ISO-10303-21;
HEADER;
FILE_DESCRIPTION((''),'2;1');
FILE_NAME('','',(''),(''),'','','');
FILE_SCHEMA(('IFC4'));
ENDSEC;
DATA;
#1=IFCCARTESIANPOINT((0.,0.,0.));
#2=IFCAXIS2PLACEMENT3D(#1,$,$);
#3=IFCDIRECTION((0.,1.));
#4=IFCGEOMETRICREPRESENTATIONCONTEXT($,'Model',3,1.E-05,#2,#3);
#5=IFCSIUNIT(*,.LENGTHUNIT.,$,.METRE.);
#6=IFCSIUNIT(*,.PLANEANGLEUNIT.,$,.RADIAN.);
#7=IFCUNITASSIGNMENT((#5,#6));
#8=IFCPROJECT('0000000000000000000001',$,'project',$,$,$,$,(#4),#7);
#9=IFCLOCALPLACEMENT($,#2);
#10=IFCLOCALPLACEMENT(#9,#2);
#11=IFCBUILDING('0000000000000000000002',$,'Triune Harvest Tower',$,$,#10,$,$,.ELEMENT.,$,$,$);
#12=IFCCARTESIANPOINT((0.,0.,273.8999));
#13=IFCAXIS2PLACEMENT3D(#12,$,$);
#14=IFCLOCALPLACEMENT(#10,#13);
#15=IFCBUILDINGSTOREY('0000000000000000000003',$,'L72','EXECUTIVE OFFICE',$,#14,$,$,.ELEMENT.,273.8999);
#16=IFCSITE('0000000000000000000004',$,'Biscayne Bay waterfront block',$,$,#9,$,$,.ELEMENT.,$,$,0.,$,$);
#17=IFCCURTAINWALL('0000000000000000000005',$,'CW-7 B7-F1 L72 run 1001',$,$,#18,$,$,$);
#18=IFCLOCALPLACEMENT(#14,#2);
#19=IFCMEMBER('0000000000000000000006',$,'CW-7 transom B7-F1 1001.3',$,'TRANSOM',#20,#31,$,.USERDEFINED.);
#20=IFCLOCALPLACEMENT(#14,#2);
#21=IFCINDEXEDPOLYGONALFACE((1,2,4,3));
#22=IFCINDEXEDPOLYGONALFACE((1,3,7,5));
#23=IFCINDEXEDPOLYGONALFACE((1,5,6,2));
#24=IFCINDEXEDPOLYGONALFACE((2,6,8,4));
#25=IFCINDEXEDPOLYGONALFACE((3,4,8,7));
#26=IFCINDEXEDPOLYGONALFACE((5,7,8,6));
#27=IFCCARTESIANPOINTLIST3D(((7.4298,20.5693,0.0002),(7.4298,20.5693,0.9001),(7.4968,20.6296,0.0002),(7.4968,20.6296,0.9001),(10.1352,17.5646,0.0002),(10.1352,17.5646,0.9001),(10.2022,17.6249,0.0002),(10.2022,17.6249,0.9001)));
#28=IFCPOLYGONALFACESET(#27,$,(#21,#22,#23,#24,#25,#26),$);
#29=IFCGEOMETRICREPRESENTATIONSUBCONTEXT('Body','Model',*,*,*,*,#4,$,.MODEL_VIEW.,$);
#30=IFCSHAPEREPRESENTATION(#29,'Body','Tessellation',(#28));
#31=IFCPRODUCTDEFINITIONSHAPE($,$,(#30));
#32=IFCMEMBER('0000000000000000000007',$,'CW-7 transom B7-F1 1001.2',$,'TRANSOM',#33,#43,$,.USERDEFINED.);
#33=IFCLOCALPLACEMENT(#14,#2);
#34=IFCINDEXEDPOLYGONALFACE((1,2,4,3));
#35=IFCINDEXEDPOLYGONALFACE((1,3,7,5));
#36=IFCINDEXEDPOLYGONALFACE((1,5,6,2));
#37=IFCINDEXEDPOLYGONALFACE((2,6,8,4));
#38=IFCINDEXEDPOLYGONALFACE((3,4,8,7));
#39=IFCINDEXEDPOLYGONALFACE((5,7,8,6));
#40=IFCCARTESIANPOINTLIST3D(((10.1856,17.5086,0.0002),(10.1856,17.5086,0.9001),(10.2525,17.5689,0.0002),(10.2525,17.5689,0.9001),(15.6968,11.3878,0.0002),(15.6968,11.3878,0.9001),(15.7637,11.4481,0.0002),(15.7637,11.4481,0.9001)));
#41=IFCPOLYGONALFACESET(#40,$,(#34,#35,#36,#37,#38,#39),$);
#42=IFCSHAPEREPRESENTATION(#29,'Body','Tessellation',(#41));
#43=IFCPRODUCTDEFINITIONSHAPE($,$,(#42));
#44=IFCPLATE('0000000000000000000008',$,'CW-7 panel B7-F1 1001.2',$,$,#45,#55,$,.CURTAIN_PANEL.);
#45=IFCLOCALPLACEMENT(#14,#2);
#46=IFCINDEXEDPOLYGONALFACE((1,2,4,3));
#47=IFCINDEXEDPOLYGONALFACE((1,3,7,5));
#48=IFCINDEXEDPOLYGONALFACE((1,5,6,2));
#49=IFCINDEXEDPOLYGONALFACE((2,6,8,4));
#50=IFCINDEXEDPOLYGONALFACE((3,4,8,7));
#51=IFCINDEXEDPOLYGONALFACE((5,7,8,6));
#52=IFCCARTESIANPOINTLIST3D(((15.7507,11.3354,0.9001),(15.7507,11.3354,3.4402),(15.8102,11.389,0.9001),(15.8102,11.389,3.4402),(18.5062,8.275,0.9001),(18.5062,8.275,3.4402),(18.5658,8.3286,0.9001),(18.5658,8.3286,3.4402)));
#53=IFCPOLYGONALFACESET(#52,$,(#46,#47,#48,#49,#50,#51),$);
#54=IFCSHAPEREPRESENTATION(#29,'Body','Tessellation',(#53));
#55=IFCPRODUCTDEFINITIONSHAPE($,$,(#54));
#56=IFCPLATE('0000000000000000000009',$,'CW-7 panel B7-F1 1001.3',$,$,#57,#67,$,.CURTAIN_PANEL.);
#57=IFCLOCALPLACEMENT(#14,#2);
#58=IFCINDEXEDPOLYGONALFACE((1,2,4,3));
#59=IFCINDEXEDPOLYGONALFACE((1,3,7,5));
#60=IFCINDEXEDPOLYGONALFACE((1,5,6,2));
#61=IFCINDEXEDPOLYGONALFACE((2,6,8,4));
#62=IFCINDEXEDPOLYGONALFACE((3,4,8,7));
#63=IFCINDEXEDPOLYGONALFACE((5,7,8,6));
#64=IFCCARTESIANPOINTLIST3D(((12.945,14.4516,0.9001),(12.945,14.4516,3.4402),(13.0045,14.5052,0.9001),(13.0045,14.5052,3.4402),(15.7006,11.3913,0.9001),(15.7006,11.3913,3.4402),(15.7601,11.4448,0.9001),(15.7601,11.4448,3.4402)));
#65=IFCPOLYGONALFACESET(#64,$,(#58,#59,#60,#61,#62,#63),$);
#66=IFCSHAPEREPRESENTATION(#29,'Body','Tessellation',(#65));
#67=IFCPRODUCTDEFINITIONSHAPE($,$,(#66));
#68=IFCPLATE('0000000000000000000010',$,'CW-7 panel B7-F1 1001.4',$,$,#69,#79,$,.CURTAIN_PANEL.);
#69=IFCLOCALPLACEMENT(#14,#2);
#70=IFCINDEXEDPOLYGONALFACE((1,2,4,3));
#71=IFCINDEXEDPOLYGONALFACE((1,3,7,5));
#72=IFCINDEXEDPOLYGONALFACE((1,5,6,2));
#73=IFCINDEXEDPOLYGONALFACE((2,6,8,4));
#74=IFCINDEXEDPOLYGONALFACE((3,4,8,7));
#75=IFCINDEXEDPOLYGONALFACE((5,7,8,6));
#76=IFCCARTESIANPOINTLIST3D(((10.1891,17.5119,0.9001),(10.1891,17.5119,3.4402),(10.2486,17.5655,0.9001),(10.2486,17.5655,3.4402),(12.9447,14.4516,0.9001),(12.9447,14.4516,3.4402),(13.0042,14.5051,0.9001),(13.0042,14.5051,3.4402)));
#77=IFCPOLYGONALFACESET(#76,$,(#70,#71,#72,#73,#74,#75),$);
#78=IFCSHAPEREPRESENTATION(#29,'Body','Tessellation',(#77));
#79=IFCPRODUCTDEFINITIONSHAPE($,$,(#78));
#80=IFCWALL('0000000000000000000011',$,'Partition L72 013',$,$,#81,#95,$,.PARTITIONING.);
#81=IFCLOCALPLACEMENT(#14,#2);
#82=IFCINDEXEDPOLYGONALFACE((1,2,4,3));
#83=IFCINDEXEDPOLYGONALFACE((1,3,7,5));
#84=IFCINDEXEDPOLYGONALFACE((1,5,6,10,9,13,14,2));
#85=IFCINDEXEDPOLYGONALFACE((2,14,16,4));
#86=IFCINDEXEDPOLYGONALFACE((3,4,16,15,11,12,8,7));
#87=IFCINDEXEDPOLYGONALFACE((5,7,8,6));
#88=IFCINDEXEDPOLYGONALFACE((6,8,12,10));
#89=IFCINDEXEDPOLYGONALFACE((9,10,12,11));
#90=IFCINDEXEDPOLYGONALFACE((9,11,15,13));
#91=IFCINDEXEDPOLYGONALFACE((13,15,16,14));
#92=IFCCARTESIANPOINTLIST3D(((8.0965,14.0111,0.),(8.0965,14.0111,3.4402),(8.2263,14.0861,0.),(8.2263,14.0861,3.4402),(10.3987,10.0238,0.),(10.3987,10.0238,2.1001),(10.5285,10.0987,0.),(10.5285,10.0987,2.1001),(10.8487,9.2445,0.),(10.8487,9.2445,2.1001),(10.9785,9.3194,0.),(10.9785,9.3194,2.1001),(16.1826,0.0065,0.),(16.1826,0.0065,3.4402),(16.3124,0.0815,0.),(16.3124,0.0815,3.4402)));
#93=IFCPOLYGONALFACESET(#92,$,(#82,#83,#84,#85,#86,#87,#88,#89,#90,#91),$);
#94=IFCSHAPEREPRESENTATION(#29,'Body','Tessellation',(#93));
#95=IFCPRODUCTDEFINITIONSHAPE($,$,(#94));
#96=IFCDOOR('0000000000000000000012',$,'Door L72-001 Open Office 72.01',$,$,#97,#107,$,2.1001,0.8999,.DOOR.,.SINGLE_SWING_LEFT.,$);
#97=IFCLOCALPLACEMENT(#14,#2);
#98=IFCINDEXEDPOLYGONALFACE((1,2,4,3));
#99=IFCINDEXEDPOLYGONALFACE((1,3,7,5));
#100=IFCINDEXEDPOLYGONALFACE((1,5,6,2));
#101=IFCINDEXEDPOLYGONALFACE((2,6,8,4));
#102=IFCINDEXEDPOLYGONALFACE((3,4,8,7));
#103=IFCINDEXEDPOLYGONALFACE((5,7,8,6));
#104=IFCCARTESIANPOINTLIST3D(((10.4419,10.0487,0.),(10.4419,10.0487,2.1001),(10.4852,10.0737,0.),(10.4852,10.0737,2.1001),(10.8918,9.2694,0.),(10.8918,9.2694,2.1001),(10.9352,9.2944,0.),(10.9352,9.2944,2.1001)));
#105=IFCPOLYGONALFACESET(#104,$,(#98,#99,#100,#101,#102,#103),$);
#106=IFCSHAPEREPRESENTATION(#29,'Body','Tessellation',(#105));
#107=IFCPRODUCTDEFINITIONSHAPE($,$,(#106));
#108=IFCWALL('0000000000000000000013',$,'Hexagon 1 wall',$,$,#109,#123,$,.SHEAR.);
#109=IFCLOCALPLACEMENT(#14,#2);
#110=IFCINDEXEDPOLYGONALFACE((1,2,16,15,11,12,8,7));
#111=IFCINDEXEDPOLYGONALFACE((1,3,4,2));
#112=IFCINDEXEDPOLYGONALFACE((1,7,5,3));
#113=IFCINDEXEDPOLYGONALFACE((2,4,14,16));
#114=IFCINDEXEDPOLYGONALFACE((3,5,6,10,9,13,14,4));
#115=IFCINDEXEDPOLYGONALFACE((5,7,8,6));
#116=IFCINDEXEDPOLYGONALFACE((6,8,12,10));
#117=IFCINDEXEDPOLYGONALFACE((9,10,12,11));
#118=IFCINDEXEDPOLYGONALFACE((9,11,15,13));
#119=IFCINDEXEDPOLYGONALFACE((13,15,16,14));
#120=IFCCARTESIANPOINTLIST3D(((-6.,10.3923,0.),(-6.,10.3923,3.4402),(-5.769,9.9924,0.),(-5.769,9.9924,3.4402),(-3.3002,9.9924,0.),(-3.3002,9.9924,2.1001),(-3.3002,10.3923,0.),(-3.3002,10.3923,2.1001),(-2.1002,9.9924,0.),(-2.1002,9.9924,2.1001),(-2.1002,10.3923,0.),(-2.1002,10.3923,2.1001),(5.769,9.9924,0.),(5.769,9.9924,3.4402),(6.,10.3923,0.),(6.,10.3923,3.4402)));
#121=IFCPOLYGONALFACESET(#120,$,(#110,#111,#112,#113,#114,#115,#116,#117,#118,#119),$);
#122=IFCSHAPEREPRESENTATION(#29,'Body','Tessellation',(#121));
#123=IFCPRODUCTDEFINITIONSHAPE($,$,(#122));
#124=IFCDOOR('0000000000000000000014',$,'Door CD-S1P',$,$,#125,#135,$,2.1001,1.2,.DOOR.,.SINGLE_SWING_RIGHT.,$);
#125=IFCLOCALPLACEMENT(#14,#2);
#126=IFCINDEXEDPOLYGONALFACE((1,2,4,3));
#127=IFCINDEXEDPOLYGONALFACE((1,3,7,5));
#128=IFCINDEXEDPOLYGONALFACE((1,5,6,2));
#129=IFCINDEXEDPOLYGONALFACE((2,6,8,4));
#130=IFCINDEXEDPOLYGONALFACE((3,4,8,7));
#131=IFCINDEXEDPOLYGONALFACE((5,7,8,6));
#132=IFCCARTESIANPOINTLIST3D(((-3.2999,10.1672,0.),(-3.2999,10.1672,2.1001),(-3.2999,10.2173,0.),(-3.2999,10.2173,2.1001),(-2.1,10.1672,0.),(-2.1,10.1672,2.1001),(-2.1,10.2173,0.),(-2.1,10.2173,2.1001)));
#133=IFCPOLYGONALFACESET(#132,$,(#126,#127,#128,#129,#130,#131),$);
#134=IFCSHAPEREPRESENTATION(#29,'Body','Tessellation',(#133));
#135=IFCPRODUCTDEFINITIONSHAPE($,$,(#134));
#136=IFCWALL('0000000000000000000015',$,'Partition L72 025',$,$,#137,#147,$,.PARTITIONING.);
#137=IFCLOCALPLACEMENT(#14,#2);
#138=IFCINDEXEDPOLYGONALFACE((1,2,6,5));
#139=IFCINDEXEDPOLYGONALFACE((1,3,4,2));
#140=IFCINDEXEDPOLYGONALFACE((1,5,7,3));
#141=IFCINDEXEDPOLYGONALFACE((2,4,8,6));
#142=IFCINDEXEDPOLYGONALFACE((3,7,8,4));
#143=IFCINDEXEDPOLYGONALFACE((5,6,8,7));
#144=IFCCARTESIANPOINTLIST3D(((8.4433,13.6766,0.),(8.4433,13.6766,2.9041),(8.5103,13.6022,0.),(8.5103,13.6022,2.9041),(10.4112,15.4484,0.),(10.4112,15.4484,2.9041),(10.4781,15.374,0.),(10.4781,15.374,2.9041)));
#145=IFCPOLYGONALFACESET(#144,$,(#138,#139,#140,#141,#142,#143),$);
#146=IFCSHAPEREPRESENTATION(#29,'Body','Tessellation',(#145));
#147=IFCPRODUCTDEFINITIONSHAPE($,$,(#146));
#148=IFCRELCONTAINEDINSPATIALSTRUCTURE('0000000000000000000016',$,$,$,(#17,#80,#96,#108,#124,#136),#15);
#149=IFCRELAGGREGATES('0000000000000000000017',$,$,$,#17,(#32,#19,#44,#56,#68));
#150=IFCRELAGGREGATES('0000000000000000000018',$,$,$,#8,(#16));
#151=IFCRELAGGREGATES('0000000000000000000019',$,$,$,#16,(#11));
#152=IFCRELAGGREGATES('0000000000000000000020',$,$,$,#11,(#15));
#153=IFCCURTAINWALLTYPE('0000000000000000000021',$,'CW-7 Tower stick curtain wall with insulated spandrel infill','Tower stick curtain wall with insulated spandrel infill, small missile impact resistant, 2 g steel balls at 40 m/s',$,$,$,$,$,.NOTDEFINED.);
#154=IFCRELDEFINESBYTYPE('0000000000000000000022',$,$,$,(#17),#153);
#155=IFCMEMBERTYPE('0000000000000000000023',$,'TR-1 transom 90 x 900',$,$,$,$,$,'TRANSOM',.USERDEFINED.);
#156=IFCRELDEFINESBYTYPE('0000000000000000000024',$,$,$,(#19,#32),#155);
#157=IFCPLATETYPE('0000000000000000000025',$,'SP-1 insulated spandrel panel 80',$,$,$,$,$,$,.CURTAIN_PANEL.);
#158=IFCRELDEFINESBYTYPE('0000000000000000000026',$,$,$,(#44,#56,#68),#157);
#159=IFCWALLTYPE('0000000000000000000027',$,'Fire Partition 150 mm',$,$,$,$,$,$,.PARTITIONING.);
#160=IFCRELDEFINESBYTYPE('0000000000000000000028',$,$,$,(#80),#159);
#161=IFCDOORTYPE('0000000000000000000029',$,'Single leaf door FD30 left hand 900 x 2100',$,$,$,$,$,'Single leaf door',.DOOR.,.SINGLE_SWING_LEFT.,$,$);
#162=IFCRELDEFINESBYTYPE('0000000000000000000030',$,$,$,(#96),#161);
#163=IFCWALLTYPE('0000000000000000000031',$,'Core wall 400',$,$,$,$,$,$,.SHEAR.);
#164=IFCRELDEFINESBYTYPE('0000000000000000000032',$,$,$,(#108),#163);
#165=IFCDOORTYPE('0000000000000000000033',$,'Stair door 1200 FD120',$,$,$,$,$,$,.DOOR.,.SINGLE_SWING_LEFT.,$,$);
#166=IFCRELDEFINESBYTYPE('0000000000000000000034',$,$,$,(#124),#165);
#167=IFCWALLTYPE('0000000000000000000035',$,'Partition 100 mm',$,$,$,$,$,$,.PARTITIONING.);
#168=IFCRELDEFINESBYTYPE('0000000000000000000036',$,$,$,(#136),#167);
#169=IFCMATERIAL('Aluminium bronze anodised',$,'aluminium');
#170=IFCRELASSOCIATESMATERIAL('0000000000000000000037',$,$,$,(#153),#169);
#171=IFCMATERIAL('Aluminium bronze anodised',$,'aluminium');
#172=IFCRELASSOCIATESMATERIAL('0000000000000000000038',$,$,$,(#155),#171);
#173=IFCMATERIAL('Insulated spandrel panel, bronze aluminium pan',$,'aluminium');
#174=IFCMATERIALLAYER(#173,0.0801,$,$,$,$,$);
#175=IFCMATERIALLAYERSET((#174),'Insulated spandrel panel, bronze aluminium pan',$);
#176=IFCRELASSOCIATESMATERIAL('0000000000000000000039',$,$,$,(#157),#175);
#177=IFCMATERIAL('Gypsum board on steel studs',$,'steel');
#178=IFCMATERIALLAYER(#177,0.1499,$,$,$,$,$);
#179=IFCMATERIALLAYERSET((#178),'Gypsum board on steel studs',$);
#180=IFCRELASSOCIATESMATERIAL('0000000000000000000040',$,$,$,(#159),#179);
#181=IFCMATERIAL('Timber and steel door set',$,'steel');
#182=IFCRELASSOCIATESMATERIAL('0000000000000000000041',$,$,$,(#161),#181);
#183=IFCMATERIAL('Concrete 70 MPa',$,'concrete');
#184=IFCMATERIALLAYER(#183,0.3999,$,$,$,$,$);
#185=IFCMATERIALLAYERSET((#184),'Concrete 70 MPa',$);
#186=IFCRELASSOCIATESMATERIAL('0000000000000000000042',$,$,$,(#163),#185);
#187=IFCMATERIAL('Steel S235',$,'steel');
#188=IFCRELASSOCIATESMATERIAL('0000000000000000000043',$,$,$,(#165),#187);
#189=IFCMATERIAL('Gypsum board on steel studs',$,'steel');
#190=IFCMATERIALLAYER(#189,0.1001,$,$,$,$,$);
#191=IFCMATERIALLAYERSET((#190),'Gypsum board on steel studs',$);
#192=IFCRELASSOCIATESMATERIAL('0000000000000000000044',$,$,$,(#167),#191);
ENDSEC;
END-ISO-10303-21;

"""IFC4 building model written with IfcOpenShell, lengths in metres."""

from ifc_helpers import new_model, si_unit, direction, frame, frame_2d, origin, origin_2d, place, context, subcontext, project, spatial, polyline, rectangle, outline, extrude, source, transform, mapped, material, layer, layer_set, material_profile, profile_set, type_object, element, fill, aggregate, save


model = new_model("IFC4")

# Units and contexts
model_context = context("Model", 3, precision=1e-05, world=origin(), true_north=direction((0.0, 1.0)))
body_context = subcontext(model_context, "Body", "Model", "MODEL_VIEW")
ifc_project = project(units=[si_unit("LENGTHUNIT", "METRE"), si_unit("PLANEANGLEUNIT", "RADIAN")], contexts=[model_context])

# Site, building, storey
site_placement = place(None, origin())
site = spatial("IfcSite", under=ifc_project, at=site_placement, Name="Biscayne Bay waterfront block", CompositionType="ELEMENT", RefElevation=0.0)
building_placement = place(site_placement, origin())
building = spatial("IfcBuilding", under=site, at=building_placement, Name="Triune Harvest Tower", CompositionType="ELEMENT")
storey_placement = place(building_placement, frame((0.0, 0.0, 273.8999)))
storey = spatial("IfcBuildingStorey", under=building, at=storey_placement, Name="L72", Description="EXECUTIVE OFFICE", CompositionType="ELEMENT", Elevation=273.8999)

# Curtain wall, members, plates
ifc_material_1 = material(Name="Aluminium bronze anodised", Category="aluminium")
curtain_wall_type = type_object("IfcCurtainWallType", Name="CW-7 Tower stick curtain wall with insulated spandrel infill", Description="Tower stick curtain wall with insulated spandrel infill, small missile impact resistant, 2 g steel balls at 40 m/s", PredefinedType="NOTDEFINED", material=ifc_material_1)
curtain_wall_placement = place(storey_placement, origin())
curtain_wall = element("IfcCurtainWall", 1, at=curtain_wall_placement, inside=storey, type_object=curtain_wall_type, Name="CW-7 B7-F1 L72 run 1001")
ifc_material_2 = material(Name="Aluminium bronze anodised", Category="aluminium")
ifc_material_profile_1 = material_profile(ifc_material_2, rectangle(XDim=0.0901, YDim=0.8999, at=origin_2d()), Name="TR-1 transom 90 x 900")
ifc_profile_set_1 = profile_set([ifc_material_profile_1], Name="Aluminium bronze anodised")
member_type_1 = type_object("IfcMemberType", Name="TR-1 transom 90 x 900", ElementType="TRANSOM", PredefinedType="USERDEFINED", material=ifc_profile_set_1)
shared_shape_1 = source(origin(), body_context, "Body", "SweptSolid", [
    extrude(rectangle(XDim=0.0901, YDim=0.8999, at=origin_2d()), origin(), (0.0, 0.0, 1.0), 4.0432),
])
member_1_placement = place(storey_placement, frame((10.1687, 17.5947, 0.4502), z_axis=(-0.669122, 0.743153, 0.0), x_axis=(-0.743153, -0.669122, 0.0)))
member_1 = element("IfcMember", 2, at=member_1_placement, type_object=member_type_1, Name="CW-7 transom B7-F1 1001.3", ObjectType="TRANSOM", PredefinedType="USERDEFINED", context=body_context, shape_type="MappedRepresentation", body=[
    mapped(shared_shape_1, transform((0.0, 0.0, 0.0), scale=1.0)),
])
shared_shape_2 = source(origin(), body_context, "Body", "SweptSolid", [
    extrude(rectangle(XDim=0.0901, YDim=0.8999, at=origin_2d()), origin(), (0.0, 0.0, 1.0), 8.2363),
])
member_2_placement = place(storey_placement, frame((15.7302, 11.418, 0.4502), z_axis=(-0.66913, 0.743145, 0.0), x_axis=(-0.743145, -0.66913, 0.0)))
member_2 = element("IfcMember", 3, at=member_2_placement, type_object=member_type_1, Name="CW-7 transom B7-F1 1001.2", ObjectType="TRANSOM", PredefinedType="USERDEFINED", context=body_context, shape_type="MappedRepresentation", body=[
    mapped(shared_shape_2, transform((0.0, 0.0, 0.0), scale=1.0)),
])
ifc_material_3 = material(Name="Insulated spandrel panel, bronze aluminium pan", Category="aluminium")
ifc_layer_1 = layer(ifc_material_3, 0.0801)
ifc_layer_set_1 = layer_set([ifc_layer_1], Name="Insulated spandrel panel, bronze aluminium pan")
plate_type = type_object("IfcPlateType", Name="SP-1 insulated spandrel panel 80", PredefinedType="CURTAIN_PANEL", material=ifc_layer_set_1)
shared_shape_3 = source(origin(), body_context, "Body", "SweptSolid", [
    extrude(rectangle(XDim=4.1182, YDim=0.0801, at=origin_2d()), origin(), (0.0, 0.0, 1.0), 2.54),
])
plate_1_placement = place(storey_placement, frame((17.1582, 9.832, 0.9001), z_axis=(0.0, 0.0, 1.0), x_axis=(-0.669131, 0.743144, 0.0)))
plate_1 = element("IfcPlate", 4, at=plate_1_placement, type_object=plate_type, Name="CW-7 panel B7-F1 1001.2", PredefinedType="CURTAIN_PANEL", context=body_context, shape_type="MappedRepresentation", body=[
    mapped(shared_shape_3, transform((0.0, 0.0, 0.0), scale=1.0)),
])
plate_2_placement = place(storey_placement, frame((14.3525, 12.9482, 0.9001), z_axis=(0.0, 0.0, 1.0), x_axis=(-0.669131, 0.743144, 0.0)))
plate_2 = element("IfcPlate", 5, at=plate_2_placement, type_object=plate_type, Name="CW-7 panel B7-F1 1001.3", PredefinedType="CURTAIN_PANEL", context=body_context, shape_type="MappedRepresentation", body=[
    mapped(shared_shape_3, transform((0.0, 0.0, 0.0), scale=1.0)),
])
plate_3_placement = place(storey_placement, frame((11.5967, 16.0085, 0.9001), z_axis=(0.0, 0.0, 1.0), x_axis=(-0.669131, 0.743144, 0.0)))
plate_3 = element("IfcPlate", 6, at=plate_3_placement, type_object=plate_type, Name="CW-7 panel B7-F1 1001.4", PredefinedType="CURTAIN_PANEL", context=body_context, shape_type="MappedRepresentation", body=[
    mapped(shared_shape_3, transform((0.0, 0.0, 0.0), scale=1.0)),
])
aggregate(curtain_wall, [member_2, member_1, plate_1, plate_2, plate_3])

# Walls, openings, doors
ifc_material_4 = material(Name="Gypsum board on steel studs", Category="steel")
ifc_layer_2 = layer(ifc_material_4, 0.1499)
ifc_layer_set_2 = layer_set([ifc_layer_2], Name="Gypsum board on steel studs")
wall_type_1 = type_object("IfcWallType", Name="Fire Partition 150 mm", PredefinedType="PARTITIONING", material=ifc_layer_set_2)
wall_1_placement = place(storey_placement, frame((8.1614, 14.0486, 0.0), z_axis=(0.0, 0.0, 1.0), x_axis=(0.500028, -0.866009, 0.0)))
wall_1 = element("IfcWall", 7, at=wall_1_placement, inside=storey, type_object=wall_type_1, Name="Partition L72 013", PredefinedType="PARTITIONING", context=body_context, shape_type="SweptSolid", body=[
    extrude(rectangle(XDim=16.1714, YDim=0.1499, at=frame_2d((8.0857, 0.0))), origin(), (0.0, 0.0, 1.0), 3.4402),
])
opening_1_placement = place(wall_1_placement, frame((4.6042, 0.0, 0.0)))
opening_1 = element("IfcOpeningElement", 8, at=opening_1_placement, cuts=wall_1, PredefinedType="OPENING", context=body_context, shape_type="SweptSolid", body=[
    extrude(rectangle(XDim=0.8999, YDim=2.1001, at=frame_2d((0.45, 1.05))), frame((0.0, 0.085, 0.0), z_axis=(0.0, -1.0, 0.0), x_axis=(1.0, 0.0, 0.0)), (0.0, 0.0, 1.0), 0.1699),
])
ifc_material_5 = material(Name="Timber and steel door set", Category="steel")
door_type_1 = type_object("IfcDoorType", Name="Single leaf door FD30 left hand 900 x 2100", ElementType="Single leaf door", OperationType="SINGLE_SWING_LEFT", PredefinedType="DOOR", material=ifc_material_5)
door_1_placement = place(opening_1_placement, origin())
door_1 = element("IfcDoor", 9, at=door_1_placement, inside=storey, type_object=door_type_1, Name="Door L72-001 Open Office 72.01", OperationType="SINGLE_SWING_LEFT", OverallHeight=2.1001, OverallWidth=0.8999, PredefinedType="DOOR", context=body_context, shape_type="SweptSolid", body=[
    extrude(rectangle(XDim=0.8999, YDim=2.1001, at=frame_2d((0.45, 1.05))), frame((0.0, 0.0249, 0.0), z_axis=(0.0, -1.0, 0.0), x_axis=(1.0, 0.0, 0.0)), (0.0, 0.0, 1.0), 0.05),
])
fill(opening_1, door_1)
ifc_material_6 = material(Name="Concrete 70 MPa", Category="concrete")
ifc_layer_3 = layer(ifc_material_6, 0.3999)
ifc_layer_set_3 = layer_set([ifc_layer_3], Name="Concrete 70 MPa")
wall_type_2 = type_object("IfcWallType", Name="Core wall 400", PredefinedType="SHEAR", material=ifc_layer_set_3)
shared_shape_4 = source(origin(), body_context, "Body", "SweptSolid", [
    extrude(outline(polyline([(-0.1155, -0.2), (11.8845, -0.2), (11.6536, 0.2), (0.1155, 0.2), (-0.1155, -0.2)])), origin(), (0.0, 0.0, 1.0), 3.4402),
])
wall_2_placement = place(storey_placement, frame((5.8845, 10.1924, 0.0), z_axis=(0.0, 0.0, 1.0), x_axis=(-1.0, 0.0, 0.0)))
wall_2 = element("IfcWall", 10, at=wall_2_placement, inside=storey, type_object=wall_type_2, Name="Hexagon 1 wall", PredefinedType="SHEAR", context=body_context, shape_type="MappedRepresentation", body=[
    mapped(shared_shape_4, transform((0.0, 0.0, 0.0), scale=1.0)),
])
opening_2_placement = place(wall_2_placement, frame((7.9846, 0.0, 0.0)))
opening_2 = element("IfcOpeningElement", 11, at=opening_2_placement, cuts=wall_2, PredefinedType="OPENING", context=body_context, shape_type="SweptSolid", body=[
    extrude(rectangle(XDim=1.2, YDim=2.1001, at=frame_2d((0.6001, 1.05))), frame((0.0, 0.21, 0.0), z_axis=(0.0, -1.0, 0.0), x_axis=(1.0, 0.0, 0.0)), (0.0, 0.0, 1.0), 0.4199),
])
ifc_material_7 = material(Name="Steel S235", Category="steel")
door_type_2 = type_object("IfcDoorType", Name="Stair door 1200 FD120", OperationType="SINGLE_SWING_LEFT", PredefinedType="DOOR", material=ifc_material_7)
door_2_placement = place(opening_2_placement, frame((1.2, 0.0, 0.0), z_axis=(0.0, 0.0, 1.0), x_axis=(-1.0, 0.0, 0.0)))
door_2 = element("IfcDoor", 12, at=door_2_placement, inside=storey, type_object=door_type_2, Name="Door CD-S1P", OperationType="SINGLE_SWING_RIGHT", OverallHeight=2.1001, OverallWidth=1.2, PredefinedType="DOOR", context=body_context, shape_type="SweptSolid", body=[
    extrude(rectangle(XDim=1.2, YDim=2.1001, at=frame_2d((0.6001, 1.05))), frame((0.0, 0.0249, 0.0), z_axis=(0.0, -1.0, 0.0), x_axis=(1.0, 0.0, 0.0)), (0.0, 0.0, 1.0), 0.05),
])
fill(opening_2, door_2)

# Wall
ifc_material_8 = material(Name="Gypsum board on steel studs", Category="steel")
ifc_layer_4 = layer(ifc_material_8, 0.1001)
ifc_layer_set_4 = layer_set([ifc_layer_4], Name="Gypsum board on steel studs")
wall_type_3 = type_object("IfcWallType", Name="Partition 100 mm", PredefinedType="PARTITIONING", material=ifc_layer_set_4)
shared_shape_5 = source(origin(), body_context, "Body", "SweptSolid", [
    extrude(rectangle(XDim=2.6479, YDim=0.1001, at=frame_2d((1.324, 0.0))), origin(), (0.0, 0.0, 1.0), 2.9041),
])
wall_3_placement = place(storey_placement, frame((8.4768, 13.6394, 0.0), z_axis=(0.0, 0.0, 1.0), x_axis=(0.743157, 0.669118, 0.0)))
element("IfcWall", 13, at=wall_3_placement, inside=storey, type_object=wall_type_3, Name="Partition L72 025", PredefinedType="PARTITIONING", context=body_context, shape_type="MappedRepresentation", body=[
    mapped(shared_shape_5, transform((0.0, 0.0, 0.0), scale=1.0)),
])

save(model, "model.ifc")
